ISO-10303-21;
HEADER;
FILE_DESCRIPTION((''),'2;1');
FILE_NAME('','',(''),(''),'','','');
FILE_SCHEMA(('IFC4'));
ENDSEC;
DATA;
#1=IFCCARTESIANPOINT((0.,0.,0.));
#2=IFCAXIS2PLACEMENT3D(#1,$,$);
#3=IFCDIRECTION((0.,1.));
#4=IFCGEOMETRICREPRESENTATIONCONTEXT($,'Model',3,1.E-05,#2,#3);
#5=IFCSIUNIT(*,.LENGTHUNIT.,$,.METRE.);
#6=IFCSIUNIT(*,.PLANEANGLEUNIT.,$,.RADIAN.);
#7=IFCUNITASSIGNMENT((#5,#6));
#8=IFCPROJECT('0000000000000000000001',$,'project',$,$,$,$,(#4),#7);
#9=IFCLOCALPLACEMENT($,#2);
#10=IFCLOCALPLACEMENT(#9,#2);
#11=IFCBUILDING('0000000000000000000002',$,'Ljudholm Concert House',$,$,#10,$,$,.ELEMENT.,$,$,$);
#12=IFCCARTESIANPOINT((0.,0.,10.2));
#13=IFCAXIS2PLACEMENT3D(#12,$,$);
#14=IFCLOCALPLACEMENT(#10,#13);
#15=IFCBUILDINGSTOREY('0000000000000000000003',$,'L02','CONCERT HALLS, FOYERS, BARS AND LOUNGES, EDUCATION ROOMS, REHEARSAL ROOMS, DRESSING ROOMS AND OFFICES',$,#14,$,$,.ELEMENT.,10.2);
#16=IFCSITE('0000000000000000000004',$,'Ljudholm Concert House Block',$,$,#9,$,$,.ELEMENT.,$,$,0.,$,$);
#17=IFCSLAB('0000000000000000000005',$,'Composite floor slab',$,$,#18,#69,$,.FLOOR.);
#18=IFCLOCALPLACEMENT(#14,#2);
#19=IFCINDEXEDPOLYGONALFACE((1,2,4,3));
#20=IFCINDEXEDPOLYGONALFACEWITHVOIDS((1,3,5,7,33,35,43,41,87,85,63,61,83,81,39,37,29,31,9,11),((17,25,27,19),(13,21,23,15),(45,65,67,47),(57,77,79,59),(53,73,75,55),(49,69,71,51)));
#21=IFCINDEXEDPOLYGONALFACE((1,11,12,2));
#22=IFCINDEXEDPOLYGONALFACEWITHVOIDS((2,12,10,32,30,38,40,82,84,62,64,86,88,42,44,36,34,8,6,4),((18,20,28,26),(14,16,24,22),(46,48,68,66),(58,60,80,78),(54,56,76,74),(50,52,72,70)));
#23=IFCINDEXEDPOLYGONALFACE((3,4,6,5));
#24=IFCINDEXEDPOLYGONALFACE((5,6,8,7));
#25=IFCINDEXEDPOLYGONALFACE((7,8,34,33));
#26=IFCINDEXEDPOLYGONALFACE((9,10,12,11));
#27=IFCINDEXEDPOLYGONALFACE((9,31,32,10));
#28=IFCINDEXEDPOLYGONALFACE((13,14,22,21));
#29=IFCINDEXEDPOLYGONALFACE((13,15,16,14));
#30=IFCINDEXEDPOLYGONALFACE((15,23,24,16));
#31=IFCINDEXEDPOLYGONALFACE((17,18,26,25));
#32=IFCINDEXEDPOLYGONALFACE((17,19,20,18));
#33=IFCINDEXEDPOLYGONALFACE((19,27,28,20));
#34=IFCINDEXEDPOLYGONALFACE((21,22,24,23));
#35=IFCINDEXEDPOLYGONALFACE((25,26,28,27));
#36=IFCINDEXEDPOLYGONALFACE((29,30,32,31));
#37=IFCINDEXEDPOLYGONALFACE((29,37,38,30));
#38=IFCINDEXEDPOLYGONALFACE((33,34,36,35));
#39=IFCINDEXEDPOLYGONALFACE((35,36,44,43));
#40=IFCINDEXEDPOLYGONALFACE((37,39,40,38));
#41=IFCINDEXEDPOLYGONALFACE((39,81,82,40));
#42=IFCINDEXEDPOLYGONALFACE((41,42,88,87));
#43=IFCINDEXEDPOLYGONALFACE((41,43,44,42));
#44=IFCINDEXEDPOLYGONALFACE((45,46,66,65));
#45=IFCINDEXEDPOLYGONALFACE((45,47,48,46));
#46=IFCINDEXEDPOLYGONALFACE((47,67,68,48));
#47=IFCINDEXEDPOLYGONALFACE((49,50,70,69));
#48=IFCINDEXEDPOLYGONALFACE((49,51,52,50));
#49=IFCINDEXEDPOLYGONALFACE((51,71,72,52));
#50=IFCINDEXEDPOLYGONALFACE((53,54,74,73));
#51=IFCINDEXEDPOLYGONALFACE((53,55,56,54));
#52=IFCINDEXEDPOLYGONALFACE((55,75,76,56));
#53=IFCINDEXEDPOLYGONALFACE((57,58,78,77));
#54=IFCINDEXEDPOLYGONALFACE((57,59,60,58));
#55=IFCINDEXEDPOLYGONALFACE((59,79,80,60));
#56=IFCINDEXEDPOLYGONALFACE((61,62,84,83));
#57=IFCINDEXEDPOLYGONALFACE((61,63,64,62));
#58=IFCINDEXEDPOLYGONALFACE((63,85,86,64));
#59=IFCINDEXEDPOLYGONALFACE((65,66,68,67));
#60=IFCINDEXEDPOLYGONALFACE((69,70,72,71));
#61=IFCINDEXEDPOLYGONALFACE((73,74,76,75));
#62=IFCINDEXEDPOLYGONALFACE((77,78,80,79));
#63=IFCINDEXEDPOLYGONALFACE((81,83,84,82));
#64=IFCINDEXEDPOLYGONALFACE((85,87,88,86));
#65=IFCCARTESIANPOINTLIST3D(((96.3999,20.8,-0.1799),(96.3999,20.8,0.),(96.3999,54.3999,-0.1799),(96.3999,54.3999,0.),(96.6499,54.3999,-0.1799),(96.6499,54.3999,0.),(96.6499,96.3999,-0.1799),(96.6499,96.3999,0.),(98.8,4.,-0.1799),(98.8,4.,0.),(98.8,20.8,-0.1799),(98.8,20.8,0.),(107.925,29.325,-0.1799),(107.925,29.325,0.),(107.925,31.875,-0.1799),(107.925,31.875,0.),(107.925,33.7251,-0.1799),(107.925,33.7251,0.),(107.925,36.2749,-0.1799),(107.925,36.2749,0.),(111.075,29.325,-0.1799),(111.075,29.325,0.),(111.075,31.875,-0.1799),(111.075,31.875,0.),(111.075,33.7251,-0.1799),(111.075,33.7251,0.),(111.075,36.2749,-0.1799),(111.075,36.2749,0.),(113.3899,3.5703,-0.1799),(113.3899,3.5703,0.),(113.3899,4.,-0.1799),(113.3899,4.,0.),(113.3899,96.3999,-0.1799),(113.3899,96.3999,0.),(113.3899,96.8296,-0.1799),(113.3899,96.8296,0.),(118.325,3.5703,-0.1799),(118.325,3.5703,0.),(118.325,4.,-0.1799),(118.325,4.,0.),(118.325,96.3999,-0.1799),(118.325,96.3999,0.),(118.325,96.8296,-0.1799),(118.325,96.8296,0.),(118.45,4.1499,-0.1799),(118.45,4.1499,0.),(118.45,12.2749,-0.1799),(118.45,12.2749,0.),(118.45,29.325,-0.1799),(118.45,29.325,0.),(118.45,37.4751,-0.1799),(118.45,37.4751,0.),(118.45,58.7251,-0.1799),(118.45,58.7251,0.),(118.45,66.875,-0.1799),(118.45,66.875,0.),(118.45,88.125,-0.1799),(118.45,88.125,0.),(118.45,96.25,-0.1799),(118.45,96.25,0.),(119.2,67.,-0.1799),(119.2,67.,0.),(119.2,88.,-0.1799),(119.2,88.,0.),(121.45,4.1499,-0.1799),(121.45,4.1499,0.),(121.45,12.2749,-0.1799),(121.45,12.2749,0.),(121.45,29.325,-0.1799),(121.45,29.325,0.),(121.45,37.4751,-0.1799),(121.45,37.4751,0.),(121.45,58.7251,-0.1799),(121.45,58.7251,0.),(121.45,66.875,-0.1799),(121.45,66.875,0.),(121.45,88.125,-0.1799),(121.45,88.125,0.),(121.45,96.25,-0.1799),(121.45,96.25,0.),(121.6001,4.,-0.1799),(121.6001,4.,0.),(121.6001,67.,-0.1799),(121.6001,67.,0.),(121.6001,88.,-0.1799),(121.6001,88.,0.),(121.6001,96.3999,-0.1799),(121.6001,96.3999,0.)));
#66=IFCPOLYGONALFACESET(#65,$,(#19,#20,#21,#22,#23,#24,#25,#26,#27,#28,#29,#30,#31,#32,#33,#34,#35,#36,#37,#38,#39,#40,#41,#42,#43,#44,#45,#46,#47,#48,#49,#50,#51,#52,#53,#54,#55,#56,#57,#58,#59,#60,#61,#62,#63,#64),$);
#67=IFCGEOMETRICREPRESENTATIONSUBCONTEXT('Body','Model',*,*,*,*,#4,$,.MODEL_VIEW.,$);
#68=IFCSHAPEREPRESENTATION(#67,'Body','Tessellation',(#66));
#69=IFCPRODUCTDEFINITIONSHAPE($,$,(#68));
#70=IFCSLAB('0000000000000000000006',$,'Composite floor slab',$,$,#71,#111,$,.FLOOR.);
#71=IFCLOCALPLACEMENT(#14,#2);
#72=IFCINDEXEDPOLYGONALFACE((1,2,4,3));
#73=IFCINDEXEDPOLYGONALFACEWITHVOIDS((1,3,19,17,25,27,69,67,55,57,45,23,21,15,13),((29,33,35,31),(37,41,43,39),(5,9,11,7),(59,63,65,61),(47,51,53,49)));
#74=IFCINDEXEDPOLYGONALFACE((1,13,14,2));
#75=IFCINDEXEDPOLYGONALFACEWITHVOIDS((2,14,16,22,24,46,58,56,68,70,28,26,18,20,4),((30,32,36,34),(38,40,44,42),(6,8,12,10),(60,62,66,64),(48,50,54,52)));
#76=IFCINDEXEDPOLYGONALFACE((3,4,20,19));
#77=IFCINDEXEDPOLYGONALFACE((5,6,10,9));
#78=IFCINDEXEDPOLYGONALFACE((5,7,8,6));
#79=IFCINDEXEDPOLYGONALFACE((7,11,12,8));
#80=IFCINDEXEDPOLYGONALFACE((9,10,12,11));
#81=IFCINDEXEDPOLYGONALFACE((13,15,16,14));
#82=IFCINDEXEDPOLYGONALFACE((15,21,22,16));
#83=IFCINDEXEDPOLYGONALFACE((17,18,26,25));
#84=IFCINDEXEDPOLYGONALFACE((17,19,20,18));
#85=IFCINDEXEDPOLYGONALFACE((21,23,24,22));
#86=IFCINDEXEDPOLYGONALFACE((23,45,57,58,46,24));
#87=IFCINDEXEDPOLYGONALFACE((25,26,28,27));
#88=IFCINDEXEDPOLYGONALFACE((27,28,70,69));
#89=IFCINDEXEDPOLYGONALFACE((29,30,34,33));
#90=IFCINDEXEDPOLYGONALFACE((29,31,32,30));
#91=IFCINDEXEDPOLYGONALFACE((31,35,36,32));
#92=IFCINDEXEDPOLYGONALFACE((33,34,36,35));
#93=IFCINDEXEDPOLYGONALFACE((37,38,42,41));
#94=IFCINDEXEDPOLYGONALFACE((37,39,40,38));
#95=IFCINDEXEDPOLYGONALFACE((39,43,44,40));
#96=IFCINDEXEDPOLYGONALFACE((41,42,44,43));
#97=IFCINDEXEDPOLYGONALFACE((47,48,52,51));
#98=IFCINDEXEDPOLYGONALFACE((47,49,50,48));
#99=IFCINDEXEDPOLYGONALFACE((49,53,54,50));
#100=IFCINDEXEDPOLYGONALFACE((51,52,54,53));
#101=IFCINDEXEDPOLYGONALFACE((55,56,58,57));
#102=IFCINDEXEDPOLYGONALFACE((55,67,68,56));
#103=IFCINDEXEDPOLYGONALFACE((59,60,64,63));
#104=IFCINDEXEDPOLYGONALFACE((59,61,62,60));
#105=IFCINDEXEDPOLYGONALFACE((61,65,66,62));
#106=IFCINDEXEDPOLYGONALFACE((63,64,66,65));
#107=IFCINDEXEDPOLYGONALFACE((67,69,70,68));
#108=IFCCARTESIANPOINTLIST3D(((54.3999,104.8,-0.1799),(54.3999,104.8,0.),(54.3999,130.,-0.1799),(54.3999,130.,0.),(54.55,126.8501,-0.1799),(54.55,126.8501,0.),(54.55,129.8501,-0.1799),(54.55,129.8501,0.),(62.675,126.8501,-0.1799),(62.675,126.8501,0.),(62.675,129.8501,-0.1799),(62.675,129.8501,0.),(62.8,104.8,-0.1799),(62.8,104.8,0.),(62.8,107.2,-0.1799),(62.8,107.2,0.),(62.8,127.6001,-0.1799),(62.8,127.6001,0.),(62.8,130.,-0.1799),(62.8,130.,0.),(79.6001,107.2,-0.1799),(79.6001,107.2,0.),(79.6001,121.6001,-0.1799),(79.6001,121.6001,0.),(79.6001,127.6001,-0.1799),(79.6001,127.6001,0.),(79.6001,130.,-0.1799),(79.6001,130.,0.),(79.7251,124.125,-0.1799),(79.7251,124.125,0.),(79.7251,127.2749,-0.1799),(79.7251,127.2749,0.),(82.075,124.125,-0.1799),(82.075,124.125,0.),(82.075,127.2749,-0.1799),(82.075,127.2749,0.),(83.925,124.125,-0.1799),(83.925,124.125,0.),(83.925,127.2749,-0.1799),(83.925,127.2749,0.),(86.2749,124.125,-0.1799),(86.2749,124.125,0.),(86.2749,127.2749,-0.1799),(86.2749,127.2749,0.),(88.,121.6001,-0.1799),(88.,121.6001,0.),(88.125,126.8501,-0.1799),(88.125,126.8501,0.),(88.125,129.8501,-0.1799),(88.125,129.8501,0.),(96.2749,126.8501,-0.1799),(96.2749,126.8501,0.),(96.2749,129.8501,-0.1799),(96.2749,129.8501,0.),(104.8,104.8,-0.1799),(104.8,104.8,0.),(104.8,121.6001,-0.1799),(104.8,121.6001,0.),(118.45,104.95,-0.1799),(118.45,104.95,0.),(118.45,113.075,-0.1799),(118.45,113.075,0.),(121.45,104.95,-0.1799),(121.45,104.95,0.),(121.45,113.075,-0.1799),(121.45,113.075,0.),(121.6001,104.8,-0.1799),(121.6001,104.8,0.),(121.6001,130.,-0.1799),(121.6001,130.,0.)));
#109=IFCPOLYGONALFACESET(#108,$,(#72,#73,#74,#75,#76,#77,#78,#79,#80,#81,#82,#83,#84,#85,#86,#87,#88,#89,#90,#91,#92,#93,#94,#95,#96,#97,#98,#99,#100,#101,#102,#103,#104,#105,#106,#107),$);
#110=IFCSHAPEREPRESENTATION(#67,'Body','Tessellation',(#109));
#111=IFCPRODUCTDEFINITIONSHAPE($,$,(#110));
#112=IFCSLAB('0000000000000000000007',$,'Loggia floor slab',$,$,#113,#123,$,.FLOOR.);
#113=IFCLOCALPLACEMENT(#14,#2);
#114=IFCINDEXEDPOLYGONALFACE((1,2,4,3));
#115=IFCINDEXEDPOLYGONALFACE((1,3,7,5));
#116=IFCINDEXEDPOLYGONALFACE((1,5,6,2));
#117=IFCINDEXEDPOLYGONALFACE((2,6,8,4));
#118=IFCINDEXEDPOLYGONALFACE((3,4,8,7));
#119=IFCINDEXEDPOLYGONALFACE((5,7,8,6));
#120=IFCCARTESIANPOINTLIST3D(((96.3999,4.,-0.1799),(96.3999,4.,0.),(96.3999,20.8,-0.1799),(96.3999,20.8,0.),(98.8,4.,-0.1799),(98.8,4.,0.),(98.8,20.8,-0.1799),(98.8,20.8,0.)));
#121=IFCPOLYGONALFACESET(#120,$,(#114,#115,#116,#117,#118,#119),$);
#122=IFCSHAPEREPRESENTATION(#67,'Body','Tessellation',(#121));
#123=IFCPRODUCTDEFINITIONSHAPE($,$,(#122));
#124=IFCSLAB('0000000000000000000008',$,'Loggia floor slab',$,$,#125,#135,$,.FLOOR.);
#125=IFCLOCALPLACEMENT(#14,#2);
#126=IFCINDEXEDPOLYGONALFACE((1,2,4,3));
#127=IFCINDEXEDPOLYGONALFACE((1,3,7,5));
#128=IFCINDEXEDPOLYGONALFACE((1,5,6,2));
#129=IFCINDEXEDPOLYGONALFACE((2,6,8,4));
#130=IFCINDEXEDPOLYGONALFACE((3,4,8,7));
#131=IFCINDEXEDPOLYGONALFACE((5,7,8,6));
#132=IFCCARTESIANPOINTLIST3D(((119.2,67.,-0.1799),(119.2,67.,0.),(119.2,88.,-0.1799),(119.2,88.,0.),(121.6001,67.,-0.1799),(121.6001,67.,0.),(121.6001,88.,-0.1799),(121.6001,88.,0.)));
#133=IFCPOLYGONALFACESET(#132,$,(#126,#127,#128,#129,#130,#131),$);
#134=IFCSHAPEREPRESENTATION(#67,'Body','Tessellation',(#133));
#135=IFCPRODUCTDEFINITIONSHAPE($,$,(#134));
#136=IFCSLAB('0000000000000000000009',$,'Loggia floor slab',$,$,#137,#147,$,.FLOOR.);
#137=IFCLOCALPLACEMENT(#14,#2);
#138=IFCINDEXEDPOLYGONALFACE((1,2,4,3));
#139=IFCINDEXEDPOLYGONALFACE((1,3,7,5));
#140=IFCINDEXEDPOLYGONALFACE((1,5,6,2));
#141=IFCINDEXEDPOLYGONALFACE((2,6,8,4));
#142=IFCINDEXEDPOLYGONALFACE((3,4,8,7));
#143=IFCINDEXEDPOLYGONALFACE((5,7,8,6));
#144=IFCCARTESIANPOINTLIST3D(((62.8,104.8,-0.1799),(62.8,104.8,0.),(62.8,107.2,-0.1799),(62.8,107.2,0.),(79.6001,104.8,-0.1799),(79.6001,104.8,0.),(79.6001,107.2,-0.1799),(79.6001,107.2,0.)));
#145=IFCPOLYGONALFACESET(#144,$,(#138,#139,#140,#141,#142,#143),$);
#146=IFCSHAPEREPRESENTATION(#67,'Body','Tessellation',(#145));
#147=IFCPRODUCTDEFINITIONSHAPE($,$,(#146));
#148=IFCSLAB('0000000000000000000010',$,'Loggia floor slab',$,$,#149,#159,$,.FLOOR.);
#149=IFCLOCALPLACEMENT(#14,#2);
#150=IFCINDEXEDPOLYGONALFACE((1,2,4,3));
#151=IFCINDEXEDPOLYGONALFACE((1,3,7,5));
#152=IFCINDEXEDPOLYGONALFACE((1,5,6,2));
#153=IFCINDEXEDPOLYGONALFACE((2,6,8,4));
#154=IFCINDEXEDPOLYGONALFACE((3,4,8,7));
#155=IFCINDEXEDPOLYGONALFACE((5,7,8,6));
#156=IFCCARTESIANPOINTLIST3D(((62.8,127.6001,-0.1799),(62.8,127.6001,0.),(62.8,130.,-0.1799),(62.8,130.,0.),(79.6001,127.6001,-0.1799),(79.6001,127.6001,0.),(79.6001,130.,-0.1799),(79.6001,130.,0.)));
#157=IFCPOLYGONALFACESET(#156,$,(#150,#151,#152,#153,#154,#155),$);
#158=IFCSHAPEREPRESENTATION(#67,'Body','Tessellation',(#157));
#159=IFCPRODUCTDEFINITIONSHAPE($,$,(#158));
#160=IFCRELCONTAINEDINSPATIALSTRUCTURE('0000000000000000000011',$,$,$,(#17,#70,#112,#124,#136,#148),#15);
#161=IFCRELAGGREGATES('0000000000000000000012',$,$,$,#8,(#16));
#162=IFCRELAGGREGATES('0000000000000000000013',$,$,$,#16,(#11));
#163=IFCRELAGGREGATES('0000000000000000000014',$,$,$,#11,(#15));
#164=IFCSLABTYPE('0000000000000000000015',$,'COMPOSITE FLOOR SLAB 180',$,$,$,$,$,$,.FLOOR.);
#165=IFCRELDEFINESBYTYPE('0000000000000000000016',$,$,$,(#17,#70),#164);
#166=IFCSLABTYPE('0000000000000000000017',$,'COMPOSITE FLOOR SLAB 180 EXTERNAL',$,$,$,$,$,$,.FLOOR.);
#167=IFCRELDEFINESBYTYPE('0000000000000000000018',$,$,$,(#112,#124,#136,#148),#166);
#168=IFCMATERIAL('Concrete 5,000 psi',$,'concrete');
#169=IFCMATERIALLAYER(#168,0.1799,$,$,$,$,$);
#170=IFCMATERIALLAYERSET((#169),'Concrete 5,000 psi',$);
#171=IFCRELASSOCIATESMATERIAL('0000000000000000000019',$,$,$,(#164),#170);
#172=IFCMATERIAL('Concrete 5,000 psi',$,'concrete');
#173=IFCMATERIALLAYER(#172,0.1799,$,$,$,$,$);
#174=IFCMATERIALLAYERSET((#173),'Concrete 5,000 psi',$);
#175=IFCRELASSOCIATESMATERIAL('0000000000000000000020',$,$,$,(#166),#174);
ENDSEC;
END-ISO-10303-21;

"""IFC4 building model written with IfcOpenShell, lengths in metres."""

from ifc_helpers import new_model, si_unit, direction, frame, origin, place, context, subcontext, project, spatial, polyline, outline, extrude, material, layer, layer_set, type_object, element, save


model = new_model("IFC4")

# Units and contexts
model_context = context("Model", 3, precision=1e-05, world=origin(), true_north=direction((0.0, 1.0)))
body_context = subcontext(model_context, "Body", "Model", "MODEL_VIEW")
ifc_project = project(units=[si_unit("LENGTHUNIT", "METRE"), si_unit("PLANEANGLEUNIT", "RADIAN")], contexts=[model_context])

# Site, building, storey
site_placement = place(None, origin())
site = spatial("IfcSite", under=ifc_project, at=site_placement, Name="Ljudholm Concert House Block", CompositionType="ELEMENT", RefElevation=0.0)
building_placement = place(site_placement, origin())
building = spatial("IfcBuilding", under=site, at=building_placement, Name="Ljudholm Concert House", CompositionType="ELEMENT")
storey_placement = place(building_placement, frame((0.0, 0.0, 10.2)))
storey = spatial("IfcBuildingStorey", under=building, at=storey_placement, Name="L02", Description="CONCERT HALLS, FOYERS, BARS AND LOUNGES, EDUCATION ROOMS, REHEARSAL ROOMS, DRESSING ROOMS AND OFFICES", CompositionType="ELEMENT", Elevation=10.2)

# Slabs
ifc_material_1 = material(Name="Concrete 5,000 psi", Category="concrete")
ifc_layer_1 = layer(ifc_material_1, 0.1799)
ifc_layer_set_1 = layer_set([ifc_layer_1], Name="Concrete 5,000 psi")
slab_type_1 = type_object("IfcSlabType", Name="COMPOSITE FLOOR SLAB 180", PredefinedType="FLOOR", material=ifc_layer_set_1)
slab_1_placement = place(storey_placement, frame((0.0, 0.0, -0.1799)))
element("IfcSlab", 1, at=slab_1_placement, inside=storey, type_object=slab_type_1, Name="Composite floor slab", PredefinedType="FLOOR", context=body_context, shape_type="SweptSolid", body=[
    extrude(outline(polyline([(113.3899, 3.5703), (113.3899, 4.0), (98.8, 4.0), (98.8, 20.8), (96.3999, 20.8), (96.3999, 54.3999), (96.6499, 54.3999), (96.6499, 96.3999), (113.3899, 96.3999), (113.3899, 96.8296), (118.325, 96.8296), (118.325, 96.3999), (121.6001, 96.3999), (121.6001, 88.0), (119.2, 88.0), (119.2, 67.0), (121.6001, 67.0), (121.6001, 4.0), (118.325, 4.0), (118.325, 3.5703), (113.3899, 3.5703)]), holes=[polyline([(121.45, 12.2749), (118.45, 12.2749), (118.45, 4.1499), (121.45, 4.1499), (121.45, 12.2749)]), polyline([(111.075, 31.875), (107.925, 31.875), (107.925, 29.325), (111.075, 29.325), (111.075, 31.875)]), polyline([(121.45, 37.4751), (118.45, 37.4751), (118.45, 29.325), (121.45, 29.325), (121.45, 37.4751)]), polyline([(111.075, 36.2749), (107.925, 36.2749), (107.925, 33.7251), (111.075, 33.7251), (111.075, 36.2749)]), polyline([(121.45, 66.875), (118.45, 66.875), (118.45, 58.7251), (121.45, 58.7251), (121.45, 66.875)]), polyline([(121.45, 96.25), (118.45, 96.25), (118.45, 88.125), (121.45, 88.125), (121.45, 96.25)])]), origin(), (0.0, 0.0, 1.0), 0.1799),
])
slab_2_placement = place(storey_placement, frame((0.0, 0.0, -0.1799)))
element("IfcSlab", 2, at=slab_2_placement, inside=storey, type_object=slab_type_1, Name="Composite floor slab", PredefinedType="FLOOR", context=body_context, shape_type="SweptSolid", body=[
    extrude(outline(polyline([(54.3999, 104.8), (54.3999, 130.0), (62.8, 130.0), (62.8, 127.6001), (79.6001, 127.6001), (79.6001, 130.0), (121.6001, 130.0), (121.6001, 104.8), (104.8, 104.8), (104.8, 121.6001), (88.0, 121.6001), (79.6001, 121.6001), (79.6001, 107.2), (62.8, 107.2), (62.8, 104.8), (54.3999, 104.8)]), holes=[polyline([(121.45, 113.075), (118.45, 113.075), (118.45, 104.95), (121.45, 104.95), (121.45, 113.075)]), polyline([(82.075, 127.2749), (79.7251, 127.2749), (79.7251, 124.125), (82.075, 124.125), (82.075, 127.2749)]), polyline([(86.2749, 127.2749), (83.925, 127.2749), (83.925, 124.125), (86.2749, 124.125), (86.2749, 127.2749)]), polyline([(62.675, 129.8501), (54.55, 129.8501), (54.55, 126.8501), (62.675, 126.8501), (62.675, 129.8501)]), polyline([(96.2749, 129.8501), (88.125, 129.8501), (88.125, 126.8501), (96.2749, 126.8501), (96.2749, 129.8501)])]), origin(), (0.0, 0.0, 1.0), 0.1799),
])
ifc_material_2 = material(Name="Concrete 5,000 psi", Category="concrete")
ifc_layer_2 = layer(ifc_material_2, 0.1799)
ifc_layer_set_2 = layer_set([ifc_layer_2], Name="Concrete 5,000 psi")
slab_type_2 = type_object("IfcSlabType", Name="COMPOSITE FLOOR SLAB 180 EXTERNAL", PredefinedType="FLOOR", material=ifc_layer_set_2)
slab_3_placement = place(storey_placement, frame((0.0, 0.0, -0.1799)))
element("IfcSlab", 3, at=slab_3_placement, inside=storey, type_object=slab_type_2, Name="Loggia floor slab", PredefinedType="FLOOR", context=body_context, shape_type="SweptSolid", body=[
    extrude(outline(polyline([(96.3999, 4.0), (98.8, 4.0), (98.8, 20.8), (96.3999, 20.8), (96.3999, 4.0)])), origin(), (0.0, 0.0, 1.0), 0.1799),
])
slab_4_placement = place(storey_placement, frame((0.0, 0.0, -0.1799)))
element("IfcSlab", 4, at=slab_4_placement, inside=storey, type_object=slab_type_2, Name="Loggia floor slab", PredefinedType="FLOOR", context=body_context, shape_type="SweptSolid", body=[
    extrude(outline(polyline([(119.2, 67.0), (121.6001, 67.0), (121.6001, 88.0), (119.2, 88.0), (119.2, 67.0)])), origin(), (0.0, 0.0, 1.0), 0.1799),
])
slab_5_placement = place(storey_placement, frame((0.0, 0.0, -0.1799)))
element("IfcSlab", 5, at=slab_5_placement, inside=storey, type_object=slab_type_2, Name="Loggia floor slab", PredefinedType="FLOOR", context=body_context, shape_type="SweptSolid", body=[
    extrude(outline(polyline([(62.8, 104.8), (79.6001, 104.8), (79.6001, 107.2), (62.8, 107.2), (62.8, 104.8)])), origin(), (0.0, 0.0, 1.0), 0.1799),
])
slab_6_placement = place(storey_placement, frame((0.0, 0.0, -0.1799)))
element("IfcSlab", 6, at=slab_6_placement, inside=storey, type_object=slab_type_2, Name="Loggia floor slab", PredefinedType="FLOOR", context=body_context, shape_type="SweptSolid", body=[
    extrude(outline(polyline([(62.8, 127.6001), (79.6001, 127.6001), (79.6001, 130.0), (62.8, 130.0), (62.8, 127.6001)])), origin(), (0.0, 0.0, 1.0), 0.1799),
])

save(model, "model.ifc")
